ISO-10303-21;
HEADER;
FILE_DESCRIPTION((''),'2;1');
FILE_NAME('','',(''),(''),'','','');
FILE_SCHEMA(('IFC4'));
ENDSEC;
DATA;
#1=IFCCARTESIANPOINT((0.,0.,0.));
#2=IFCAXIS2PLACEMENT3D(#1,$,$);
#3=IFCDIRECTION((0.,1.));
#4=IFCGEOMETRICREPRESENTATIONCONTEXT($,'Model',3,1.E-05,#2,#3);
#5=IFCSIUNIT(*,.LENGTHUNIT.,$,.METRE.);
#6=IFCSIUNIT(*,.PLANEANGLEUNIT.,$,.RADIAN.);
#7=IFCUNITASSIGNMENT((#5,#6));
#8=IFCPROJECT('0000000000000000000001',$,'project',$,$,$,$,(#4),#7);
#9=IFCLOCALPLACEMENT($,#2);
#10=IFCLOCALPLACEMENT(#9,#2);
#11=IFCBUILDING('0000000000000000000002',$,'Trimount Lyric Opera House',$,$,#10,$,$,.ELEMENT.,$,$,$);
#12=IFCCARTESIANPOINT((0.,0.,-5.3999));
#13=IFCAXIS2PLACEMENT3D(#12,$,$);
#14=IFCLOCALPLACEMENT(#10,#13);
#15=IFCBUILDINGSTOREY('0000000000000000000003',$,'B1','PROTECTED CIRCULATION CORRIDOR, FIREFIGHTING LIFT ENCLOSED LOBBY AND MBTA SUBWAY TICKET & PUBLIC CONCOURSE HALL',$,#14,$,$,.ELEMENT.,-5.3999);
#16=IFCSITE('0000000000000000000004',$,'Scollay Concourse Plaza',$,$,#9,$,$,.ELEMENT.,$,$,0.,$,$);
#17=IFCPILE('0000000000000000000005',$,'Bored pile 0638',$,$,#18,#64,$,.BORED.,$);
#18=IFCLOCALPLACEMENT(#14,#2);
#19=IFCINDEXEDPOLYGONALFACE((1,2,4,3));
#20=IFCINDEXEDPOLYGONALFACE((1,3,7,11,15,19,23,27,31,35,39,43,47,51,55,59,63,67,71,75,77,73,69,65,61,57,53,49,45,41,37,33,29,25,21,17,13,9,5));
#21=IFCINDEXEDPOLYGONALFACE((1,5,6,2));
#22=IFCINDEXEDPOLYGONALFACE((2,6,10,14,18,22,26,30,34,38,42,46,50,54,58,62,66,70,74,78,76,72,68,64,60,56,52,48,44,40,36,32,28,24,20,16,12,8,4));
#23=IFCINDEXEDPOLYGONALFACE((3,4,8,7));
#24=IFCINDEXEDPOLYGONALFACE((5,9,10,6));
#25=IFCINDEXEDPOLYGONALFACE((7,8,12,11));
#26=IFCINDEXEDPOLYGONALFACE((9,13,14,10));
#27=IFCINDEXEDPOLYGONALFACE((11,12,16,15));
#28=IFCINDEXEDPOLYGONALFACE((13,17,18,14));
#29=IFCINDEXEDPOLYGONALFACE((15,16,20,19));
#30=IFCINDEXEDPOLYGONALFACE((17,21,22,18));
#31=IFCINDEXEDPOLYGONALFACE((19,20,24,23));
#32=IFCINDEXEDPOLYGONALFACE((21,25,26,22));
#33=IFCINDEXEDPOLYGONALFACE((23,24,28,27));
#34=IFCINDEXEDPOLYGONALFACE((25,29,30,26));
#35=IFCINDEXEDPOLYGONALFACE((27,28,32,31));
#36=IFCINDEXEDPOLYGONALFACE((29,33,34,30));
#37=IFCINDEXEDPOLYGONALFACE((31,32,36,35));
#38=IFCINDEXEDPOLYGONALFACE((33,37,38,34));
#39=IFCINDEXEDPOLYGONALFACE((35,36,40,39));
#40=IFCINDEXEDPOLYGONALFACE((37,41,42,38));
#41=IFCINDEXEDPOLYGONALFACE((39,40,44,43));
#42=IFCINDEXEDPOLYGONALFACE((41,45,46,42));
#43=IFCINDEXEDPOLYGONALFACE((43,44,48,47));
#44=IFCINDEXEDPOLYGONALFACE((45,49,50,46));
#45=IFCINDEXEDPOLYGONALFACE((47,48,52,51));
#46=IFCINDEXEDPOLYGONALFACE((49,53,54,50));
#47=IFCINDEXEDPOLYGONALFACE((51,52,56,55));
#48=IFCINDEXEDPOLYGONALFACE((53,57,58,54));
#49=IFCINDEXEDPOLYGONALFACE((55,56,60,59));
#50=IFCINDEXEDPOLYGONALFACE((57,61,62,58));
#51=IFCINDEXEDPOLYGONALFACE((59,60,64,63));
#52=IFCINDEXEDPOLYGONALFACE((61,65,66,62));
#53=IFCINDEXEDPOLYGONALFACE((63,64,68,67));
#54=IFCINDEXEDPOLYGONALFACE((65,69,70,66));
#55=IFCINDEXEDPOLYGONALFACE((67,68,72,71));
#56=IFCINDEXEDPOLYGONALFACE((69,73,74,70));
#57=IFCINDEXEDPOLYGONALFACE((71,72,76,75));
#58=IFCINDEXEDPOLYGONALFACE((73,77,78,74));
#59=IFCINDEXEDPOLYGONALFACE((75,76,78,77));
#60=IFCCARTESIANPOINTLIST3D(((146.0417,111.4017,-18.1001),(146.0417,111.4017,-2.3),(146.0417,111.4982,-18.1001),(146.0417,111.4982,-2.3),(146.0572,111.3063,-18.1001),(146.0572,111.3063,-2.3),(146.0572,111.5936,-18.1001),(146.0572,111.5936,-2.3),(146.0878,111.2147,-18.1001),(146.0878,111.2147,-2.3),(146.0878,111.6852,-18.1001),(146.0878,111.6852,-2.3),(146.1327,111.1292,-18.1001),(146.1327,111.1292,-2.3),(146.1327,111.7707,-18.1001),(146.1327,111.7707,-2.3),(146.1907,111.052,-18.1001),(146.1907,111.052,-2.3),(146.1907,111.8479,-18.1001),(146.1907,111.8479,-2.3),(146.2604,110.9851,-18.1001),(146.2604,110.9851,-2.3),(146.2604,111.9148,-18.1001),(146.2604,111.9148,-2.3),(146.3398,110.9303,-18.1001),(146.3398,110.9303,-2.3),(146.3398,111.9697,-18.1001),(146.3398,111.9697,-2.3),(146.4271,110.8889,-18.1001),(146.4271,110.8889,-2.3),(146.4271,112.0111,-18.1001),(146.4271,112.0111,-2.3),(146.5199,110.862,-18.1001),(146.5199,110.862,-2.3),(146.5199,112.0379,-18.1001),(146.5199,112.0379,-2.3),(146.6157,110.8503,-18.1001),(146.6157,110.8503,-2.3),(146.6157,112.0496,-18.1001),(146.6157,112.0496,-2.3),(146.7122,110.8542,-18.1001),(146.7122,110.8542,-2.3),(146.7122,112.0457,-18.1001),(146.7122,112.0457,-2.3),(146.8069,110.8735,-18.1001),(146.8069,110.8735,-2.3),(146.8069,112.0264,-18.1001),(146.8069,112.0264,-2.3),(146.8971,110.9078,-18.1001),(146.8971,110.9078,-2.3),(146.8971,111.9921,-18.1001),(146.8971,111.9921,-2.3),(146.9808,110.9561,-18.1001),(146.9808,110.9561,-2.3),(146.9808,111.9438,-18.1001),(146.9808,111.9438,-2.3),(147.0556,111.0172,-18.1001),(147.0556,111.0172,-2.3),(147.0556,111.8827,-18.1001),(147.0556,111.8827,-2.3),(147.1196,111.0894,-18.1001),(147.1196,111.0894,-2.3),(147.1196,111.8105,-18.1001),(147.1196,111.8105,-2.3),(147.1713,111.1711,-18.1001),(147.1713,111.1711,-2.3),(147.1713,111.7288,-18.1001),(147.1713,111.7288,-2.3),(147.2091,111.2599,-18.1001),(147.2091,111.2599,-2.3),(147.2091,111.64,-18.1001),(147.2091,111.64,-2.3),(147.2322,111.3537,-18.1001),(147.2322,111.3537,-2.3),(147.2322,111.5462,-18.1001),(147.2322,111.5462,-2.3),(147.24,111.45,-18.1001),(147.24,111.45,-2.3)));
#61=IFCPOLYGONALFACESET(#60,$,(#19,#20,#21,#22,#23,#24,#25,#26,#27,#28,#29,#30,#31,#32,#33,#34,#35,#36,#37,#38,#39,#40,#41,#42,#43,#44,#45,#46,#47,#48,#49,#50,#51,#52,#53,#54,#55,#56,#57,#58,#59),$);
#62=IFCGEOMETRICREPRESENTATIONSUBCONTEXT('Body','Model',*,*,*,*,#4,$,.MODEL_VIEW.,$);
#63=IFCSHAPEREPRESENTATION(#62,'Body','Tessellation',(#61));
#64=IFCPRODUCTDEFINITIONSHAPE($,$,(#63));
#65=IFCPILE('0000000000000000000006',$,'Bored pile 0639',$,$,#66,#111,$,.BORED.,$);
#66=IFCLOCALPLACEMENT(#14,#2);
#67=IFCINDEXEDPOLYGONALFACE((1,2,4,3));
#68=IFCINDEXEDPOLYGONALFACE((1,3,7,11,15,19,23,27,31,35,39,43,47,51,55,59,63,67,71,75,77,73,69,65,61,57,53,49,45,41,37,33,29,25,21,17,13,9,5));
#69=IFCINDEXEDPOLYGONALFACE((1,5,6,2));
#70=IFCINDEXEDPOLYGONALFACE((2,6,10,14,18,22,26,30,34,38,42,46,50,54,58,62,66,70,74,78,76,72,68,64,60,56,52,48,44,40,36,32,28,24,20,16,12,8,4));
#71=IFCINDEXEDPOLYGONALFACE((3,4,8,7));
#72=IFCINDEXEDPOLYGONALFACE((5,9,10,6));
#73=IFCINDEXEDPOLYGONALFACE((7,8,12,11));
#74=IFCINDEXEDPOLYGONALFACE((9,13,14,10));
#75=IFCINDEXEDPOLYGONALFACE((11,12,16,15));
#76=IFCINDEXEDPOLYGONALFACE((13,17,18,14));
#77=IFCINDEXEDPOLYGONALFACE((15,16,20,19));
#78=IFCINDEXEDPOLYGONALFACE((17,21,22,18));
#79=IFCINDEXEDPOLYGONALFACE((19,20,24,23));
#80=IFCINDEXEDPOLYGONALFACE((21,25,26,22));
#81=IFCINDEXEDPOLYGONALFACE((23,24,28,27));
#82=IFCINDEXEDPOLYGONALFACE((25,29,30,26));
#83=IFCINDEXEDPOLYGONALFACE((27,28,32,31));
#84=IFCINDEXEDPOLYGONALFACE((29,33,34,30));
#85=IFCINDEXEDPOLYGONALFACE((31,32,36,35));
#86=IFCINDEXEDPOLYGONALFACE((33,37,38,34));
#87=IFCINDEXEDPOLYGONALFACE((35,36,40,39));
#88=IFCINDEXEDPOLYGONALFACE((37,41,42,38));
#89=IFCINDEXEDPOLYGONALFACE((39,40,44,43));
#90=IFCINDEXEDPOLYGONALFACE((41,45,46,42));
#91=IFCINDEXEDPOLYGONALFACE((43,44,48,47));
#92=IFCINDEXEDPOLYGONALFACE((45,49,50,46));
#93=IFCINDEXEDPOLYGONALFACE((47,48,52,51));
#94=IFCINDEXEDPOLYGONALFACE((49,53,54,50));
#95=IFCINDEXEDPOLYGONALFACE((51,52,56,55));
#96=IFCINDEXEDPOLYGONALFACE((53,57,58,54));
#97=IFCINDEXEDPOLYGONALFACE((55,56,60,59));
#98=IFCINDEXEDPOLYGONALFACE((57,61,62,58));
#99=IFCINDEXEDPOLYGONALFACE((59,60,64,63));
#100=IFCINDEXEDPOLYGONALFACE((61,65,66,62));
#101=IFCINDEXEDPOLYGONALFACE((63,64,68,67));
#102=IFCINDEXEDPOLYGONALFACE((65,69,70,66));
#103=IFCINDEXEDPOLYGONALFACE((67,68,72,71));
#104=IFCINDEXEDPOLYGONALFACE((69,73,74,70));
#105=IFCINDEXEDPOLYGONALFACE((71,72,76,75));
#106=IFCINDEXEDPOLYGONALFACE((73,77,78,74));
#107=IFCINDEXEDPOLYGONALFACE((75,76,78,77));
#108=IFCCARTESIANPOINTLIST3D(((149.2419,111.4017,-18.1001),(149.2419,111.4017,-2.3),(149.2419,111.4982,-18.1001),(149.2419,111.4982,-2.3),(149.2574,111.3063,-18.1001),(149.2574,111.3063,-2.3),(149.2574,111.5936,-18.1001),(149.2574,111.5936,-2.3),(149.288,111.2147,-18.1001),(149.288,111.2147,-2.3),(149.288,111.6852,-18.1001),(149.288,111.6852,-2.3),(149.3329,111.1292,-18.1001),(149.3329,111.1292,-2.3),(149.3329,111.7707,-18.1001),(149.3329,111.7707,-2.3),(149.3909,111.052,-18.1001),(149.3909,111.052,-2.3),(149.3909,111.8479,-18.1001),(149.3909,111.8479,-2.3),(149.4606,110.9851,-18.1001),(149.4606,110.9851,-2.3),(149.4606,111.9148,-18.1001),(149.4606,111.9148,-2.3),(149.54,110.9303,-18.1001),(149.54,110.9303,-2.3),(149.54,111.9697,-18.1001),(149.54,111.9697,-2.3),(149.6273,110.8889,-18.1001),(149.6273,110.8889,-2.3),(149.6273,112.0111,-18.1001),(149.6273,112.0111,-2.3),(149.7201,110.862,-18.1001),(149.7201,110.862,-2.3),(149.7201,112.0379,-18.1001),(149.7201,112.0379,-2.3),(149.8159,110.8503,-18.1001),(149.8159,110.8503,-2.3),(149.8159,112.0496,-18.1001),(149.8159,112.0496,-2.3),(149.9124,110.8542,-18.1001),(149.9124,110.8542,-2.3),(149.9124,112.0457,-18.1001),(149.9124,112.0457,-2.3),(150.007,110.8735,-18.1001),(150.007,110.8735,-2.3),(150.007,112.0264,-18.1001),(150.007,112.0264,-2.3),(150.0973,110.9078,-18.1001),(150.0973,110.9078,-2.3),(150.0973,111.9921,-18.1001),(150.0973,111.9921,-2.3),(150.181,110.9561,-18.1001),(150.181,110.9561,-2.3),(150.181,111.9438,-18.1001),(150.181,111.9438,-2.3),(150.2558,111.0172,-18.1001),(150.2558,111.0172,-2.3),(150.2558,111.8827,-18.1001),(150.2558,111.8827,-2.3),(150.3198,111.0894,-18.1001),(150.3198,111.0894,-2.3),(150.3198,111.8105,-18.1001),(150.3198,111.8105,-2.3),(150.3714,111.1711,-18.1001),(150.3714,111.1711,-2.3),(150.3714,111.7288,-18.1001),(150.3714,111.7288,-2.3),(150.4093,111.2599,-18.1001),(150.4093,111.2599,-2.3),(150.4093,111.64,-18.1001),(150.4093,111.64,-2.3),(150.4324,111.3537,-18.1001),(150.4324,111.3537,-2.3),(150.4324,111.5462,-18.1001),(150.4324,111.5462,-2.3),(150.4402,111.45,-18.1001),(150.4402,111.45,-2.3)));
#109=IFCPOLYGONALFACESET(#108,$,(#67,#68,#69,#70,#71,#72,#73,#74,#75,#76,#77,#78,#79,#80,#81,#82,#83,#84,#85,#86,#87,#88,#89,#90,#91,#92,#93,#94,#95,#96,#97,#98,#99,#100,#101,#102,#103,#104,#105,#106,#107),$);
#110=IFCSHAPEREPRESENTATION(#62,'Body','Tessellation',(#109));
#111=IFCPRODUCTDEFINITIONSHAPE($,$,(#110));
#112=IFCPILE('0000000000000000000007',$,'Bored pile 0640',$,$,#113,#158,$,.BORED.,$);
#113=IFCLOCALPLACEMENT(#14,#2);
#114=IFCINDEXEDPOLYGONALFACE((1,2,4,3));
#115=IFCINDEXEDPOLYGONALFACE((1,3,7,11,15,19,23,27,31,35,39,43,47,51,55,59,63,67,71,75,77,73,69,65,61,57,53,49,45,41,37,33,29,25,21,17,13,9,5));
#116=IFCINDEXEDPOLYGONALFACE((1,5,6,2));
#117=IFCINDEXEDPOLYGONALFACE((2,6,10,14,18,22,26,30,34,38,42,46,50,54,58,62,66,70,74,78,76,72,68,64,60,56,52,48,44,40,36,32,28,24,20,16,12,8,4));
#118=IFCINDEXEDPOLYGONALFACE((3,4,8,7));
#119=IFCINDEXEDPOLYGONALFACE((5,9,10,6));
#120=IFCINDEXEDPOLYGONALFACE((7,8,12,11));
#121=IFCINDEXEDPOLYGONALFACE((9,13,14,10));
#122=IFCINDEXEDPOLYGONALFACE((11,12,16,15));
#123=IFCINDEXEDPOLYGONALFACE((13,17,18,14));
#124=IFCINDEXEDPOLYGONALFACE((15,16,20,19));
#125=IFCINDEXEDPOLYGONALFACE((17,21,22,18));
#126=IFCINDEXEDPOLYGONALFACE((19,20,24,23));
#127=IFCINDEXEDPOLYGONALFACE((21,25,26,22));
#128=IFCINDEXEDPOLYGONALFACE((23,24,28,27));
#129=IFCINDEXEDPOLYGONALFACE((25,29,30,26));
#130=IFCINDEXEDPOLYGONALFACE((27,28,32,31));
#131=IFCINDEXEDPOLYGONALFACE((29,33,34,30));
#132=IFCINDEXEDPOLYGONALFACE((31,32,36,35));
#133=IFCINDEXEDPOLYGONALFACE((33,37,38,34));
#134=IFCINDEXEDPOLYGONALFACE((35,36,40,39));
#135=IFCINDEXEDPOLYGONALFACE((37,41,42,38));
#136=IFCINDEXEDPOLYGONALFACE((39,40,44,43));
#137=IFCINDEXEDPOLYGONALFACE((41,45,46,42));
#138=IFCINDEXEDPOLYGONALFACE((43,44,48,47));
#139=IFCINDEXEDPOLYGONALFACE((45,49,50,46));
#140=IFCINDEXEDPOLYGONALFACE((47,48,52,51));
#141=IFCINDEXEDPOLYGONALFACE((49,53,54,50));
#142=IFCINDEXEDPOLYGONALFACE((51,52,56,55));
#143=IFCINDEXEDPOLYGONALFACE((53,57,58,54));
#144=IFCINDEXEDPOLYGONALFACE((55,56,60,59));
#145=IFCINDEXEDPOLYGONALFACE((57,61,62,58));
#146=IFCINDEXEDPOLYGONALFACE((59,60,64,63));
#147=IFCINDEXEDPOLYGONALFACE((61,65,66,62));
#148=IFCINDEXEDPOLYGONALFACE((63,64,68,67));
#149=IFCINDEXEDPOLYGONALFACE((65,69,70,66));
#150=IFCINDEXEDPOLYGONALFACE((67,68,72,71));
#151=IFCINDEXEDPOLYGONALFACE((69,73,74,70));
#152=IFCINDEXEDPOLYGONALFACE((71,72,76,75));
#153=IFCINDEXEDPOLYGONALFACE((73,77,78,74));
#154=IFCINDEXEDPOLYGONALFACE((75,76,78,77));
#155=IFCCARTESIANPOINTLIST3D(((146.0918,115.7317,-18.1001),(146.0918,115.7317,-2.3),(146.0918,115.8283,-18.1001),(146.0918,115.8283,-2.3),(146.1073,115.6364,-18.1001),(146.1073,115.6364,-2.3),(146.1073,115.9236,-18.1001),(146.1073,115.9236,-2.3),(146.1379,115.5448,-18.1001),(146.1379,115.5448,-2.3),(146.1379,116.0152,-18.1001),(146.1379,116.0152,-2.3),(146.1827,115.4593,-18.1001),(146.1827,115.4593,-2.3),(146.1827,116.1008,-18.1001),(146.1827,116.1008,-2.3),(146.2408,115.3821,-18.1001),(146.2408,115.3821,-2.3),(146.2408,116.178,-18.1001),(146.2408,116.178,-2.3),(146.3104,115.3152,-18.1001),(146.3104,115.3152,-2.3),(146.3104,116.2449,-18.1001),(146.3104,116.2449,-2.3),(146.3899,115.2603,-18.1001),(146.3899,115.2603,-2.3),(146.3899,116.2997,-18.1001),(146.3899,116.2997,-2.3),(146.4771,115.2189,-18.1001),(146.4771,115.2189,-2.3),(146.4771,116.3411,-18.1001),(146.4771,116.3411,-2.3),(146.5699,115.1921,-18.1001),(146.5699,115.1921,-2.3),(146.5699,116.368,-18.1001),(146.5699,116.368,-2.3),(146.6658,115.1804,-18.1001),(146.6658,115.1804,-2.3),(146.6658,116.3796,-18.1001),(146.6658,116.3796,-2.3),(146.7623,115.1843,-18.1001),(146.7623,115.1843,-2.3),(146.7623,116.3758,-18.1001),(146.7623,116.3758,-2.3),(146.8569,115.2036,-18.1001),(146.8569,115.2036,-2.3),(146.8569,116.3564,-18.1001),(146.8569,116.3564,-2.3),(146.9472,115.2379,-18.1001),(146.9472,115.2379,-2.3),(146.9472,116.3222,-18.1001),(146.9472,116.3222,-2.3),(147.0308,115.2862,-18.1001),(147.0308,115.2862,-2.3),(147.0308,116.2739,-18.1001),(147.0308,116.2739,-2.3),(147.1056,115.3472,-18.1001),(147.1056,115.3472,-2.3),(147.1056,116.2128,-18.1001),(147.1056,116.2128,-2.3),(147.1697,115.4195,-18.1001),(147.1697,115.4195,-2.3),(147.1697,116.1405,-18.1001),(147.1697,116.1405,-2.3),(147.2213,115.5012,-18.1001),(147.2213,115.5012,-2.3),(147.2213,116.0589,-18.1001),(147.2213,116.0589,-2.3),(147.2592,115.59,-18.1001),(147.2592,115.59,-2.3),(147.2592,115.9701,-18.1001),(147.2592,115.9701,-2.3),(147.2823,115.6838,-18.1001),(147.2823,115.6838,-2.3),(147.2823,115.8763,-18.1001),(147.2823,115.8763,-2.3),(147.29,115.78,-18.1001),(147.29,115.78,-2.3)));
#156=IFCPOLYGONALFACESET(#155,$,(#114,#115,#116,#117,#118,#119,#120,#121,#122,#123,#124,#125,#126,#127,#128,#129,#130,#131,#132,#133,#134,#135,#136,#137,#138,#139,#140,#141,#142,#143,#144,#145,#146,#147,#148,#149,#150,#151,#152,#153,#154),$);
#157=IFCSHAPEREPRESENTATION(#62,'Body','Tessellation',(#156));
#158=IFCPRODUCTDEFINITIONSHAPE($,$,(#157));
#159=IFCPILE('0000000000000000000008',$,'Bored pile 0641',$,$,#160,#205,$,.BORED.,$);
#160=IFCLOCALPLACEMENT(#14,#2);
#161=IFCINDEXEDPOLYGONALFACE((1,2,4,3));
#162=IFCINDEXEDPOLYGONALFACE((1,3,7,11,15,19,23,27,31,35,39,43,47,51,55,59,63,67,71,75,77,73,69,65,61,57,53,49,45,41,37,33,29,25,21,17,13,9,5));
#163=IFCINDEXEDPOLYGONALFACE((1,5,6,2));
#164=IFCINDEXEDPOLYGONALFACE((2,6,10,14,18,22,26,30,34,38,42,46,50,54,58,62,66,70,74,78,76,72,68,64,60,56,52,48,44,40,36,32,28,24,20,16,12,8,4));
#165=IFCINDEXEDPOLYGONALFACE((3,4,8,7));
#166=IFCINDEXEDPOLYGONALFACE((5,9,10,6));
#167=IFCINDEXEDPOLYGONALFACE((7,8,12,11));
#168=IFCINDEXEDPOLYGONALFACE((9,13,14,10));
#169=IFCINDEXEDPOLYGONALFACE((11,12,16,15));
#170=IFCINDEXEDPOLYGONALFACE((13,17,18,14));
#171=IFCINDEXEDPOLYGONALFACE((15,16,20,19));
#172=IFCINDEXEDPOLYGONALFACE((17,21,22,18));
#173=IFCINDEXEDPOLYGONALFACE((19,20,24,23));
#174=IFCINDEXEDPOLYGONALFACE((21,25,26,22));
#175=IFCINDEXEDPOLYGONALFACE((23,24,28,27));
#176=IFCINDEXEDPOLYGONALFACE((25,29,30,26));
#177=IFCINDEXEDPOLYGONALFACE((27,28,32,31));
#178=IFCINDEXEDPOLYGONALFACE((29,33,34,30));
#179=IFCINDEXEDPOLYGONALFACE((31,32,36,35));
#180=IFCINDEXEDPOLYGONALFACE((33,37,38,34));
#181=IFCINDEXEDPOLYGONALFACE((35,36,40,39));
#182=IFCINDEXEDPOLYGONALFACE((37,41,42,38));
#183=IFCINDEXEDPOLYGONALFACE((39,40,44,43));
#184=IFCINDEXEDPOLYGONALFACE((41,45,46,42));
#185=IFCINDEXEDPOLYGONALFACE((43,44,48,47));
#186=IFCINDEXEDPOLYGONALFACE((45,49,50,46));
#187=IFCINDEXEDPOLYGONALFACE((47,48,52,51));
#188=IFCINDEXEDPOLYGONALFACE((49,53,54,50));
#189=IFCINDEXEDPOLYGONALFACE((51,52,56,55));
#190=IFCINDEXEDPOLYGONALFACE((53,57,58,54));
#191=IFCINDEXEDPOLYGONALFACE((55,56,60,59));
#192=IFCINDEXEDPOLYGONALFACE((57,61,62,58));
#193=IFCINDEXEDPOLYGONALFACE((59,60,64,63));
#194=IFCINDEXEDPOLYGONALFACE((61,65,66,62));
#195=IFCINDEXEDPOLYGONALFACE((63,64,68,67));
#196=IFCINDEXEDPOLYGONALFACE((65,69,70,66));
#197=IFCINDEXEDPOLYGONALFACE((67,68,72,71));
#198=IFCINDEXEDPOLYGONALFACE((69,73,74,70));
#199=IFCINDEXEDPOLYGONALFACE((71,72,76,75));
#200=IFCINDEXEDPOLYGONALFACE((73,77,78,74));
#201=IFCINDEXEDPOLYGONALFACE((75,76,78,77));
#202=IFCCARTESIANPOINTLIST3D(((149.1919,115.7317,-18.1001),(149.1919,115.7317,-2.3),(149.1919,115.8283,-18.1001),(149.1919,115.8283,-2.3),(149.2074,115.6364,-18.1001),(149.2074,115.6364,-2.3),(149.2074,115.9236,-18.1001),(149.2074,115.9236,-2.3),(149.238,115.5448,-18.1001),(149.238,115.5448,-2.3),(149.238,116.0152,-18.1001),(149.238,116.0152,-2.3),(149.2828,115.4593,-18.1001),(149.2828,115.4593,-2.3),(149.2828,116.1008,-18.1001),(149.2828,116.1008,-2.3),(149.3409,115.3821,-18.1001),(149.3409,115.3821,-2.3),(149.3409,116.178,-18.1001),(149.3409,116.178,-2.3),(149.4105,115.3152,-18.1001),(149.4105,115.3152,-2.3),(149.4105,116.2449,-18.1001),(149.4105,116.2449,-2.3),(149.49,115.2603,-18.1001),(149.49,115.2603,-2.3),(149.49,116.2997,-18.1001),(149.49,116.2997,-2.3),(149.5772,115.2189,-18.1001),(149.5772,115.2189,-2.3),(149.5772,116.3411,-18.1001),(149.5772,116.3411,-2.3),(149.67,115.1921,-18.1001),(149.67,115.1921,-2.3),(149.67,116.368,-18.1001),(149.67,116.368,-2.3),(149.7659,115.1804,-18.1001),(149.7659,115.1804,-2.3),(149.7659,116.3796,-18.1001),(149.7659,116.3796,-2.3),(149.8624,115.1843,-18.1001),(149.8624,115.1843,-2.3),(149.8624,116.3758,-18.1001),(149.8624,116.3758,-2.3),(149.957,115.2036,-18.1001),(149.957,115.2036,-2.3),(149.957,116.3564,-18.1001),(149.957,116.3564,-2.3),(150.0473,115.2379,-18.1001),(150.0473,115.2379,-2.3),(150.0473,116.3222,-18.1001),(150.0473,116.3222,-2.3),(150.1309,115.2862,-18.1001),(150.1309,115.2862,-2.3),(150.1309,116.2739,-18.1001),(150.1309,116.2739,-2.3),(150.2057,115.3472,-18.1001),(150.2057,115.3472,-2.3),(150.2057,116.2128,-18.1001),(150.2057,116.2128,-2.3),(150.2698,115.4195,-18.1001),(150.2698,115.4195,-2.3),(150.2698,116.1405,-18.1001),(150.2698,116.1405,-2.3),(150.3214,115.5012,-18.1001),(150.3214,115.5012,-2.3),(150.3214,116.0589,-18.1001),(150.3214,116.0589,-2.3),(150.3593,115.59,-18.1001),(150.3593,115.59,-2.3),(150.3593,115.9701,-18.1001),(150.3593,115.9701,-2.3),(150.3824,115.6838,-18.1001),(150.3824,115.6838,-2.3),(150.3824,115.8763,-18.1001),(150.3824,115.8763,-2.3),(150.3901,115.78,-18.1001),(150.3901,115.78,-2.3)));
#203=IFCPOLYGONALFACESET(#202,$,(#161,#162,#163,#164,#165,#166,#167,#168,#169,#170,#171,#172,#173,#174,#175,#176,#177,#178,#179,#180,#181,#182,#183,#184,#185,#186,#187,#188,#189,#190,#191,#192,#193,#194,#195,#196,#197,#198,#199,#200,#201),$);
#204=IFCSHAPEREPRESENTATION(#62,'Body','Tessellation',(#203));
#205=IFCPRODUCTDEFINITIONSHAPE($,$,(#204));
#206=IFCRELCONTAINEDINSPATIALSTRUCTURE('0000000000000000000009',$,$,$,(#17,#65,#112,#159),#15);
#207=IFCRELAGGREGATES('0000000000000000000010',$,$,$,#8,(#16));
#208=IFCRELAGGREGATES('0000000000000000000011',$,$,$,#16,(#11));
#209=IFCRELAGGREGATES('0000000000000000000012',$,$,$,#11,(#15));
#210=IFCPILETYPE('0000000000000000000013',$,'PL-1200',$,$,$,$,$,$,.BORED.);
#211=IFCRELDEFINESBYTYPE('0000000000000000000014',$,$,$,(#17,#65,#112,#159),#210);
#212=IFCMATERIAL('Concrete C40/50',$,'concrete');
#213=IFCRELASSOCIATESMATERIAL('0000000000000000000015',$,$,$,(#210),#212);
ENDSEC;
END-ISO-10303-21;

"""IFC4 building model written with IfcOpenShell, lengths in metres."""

from ifc_helpers import new_model, si_unit, direction, frame, origin, origin_2d, place, context, subcontext, project, spatial, circle, extrude, material, material_profile, profile_set, type_object, element, save


model = new_model("IFC4")

# Units and contexts
model_context = context("Model", 3, precision=1e-05, world=origin(), true_north=direction((0.0, 1.0)))
body_context = subcontext(model_context, "Body", "Model", "MODEL_VIEW")
ifc_project = project(units=[si_unit("LENGTHUNIT", "METRE"), si_unit("PLANEANGLEUNIT", "RADIAN")], contexts=[model_context])

# Site, building, storey
site_placement = place(None, origin())
site = spatial("IfcSite", under=ifc_project, at=site_placement, Name="Scollay Concourse Plaza", CompositionType="ELEMENT", RefElevation=0.0)
building_placement = place(site_placement, origin())
building = spatial("IfcBuilding", under=site, at=building_placement, Name="Trimount Lyric Opera House", CompositionType="ELEMENT")
storey_placement = place(building_placement, frame((0.0, 0.0, -5.3999)))
storey = spatial("IfcBuildingStorey", under=building, at=storey_placement, Name="B1", Description="PROTECTED CIRCULATION CORRIDOR, FIREFIGHTING LIFT ENCLOSED LOBBY AND MBTA SUBWAY TICKET & PUBLIC CONCOURSE HALL", CompositionType="ELEMENT", Elevation=-5.3999)

# Piles
ifc_material_1 = material(Name="Concrete C40/50", Category="concrete")
ifc_material_profile_1 = material_profile(ifc_material_1, circle(Radius=0.6001, at=origin_2d()), Name="PILE-D1200")
ifc_profile_set_1 = profile_set([ifc_material_profile_1], Name="Concrete C40/50")
pile_type_1 = type_object("IfcPileType", Name="PL-1200", PredefinedType="BORED", material=ifc_profile_set_1)
for number, where, z_axis, x_axis, name in (
    (1, (146.6399, 111.45, -2.3), (0.0, 0.0, -1.0), (1.0, 0.0, 0.0), "Bored pile 0638"),
    (2, (149.8401, 111.45, -2.3), (0.0, 0.0, -1.0), (1.0, 0.0, 0.0), "Bored pile 0639"),
    (3, (146.6899, 115.78, -2.3), (0.0, 0.0, -1.0), (1.0, 0.0, 0.0), "Bored pile 0640"),
    (4, (149.79, 115.78, -2.3), (0.0, 0.0, -1.0), (1.0, 0.0, 0.0), "Bored pile 0641"),
):
    element("IfcPile", number, at=place(storey_placement, frame(where, z_axis=z_axis, x_axis=x_axis)), inside=storey, type_object=pile_type_1, Name=name, PredefinedType="BORED", context=body_context, shape_type="SweptSolid", body=[
        extrude(circle(Radius=0.6001, at=origin_2d()), origin(), (0.0, 0.0, 1.0), 15.8),
    ])

save(model, "model.ifc")
